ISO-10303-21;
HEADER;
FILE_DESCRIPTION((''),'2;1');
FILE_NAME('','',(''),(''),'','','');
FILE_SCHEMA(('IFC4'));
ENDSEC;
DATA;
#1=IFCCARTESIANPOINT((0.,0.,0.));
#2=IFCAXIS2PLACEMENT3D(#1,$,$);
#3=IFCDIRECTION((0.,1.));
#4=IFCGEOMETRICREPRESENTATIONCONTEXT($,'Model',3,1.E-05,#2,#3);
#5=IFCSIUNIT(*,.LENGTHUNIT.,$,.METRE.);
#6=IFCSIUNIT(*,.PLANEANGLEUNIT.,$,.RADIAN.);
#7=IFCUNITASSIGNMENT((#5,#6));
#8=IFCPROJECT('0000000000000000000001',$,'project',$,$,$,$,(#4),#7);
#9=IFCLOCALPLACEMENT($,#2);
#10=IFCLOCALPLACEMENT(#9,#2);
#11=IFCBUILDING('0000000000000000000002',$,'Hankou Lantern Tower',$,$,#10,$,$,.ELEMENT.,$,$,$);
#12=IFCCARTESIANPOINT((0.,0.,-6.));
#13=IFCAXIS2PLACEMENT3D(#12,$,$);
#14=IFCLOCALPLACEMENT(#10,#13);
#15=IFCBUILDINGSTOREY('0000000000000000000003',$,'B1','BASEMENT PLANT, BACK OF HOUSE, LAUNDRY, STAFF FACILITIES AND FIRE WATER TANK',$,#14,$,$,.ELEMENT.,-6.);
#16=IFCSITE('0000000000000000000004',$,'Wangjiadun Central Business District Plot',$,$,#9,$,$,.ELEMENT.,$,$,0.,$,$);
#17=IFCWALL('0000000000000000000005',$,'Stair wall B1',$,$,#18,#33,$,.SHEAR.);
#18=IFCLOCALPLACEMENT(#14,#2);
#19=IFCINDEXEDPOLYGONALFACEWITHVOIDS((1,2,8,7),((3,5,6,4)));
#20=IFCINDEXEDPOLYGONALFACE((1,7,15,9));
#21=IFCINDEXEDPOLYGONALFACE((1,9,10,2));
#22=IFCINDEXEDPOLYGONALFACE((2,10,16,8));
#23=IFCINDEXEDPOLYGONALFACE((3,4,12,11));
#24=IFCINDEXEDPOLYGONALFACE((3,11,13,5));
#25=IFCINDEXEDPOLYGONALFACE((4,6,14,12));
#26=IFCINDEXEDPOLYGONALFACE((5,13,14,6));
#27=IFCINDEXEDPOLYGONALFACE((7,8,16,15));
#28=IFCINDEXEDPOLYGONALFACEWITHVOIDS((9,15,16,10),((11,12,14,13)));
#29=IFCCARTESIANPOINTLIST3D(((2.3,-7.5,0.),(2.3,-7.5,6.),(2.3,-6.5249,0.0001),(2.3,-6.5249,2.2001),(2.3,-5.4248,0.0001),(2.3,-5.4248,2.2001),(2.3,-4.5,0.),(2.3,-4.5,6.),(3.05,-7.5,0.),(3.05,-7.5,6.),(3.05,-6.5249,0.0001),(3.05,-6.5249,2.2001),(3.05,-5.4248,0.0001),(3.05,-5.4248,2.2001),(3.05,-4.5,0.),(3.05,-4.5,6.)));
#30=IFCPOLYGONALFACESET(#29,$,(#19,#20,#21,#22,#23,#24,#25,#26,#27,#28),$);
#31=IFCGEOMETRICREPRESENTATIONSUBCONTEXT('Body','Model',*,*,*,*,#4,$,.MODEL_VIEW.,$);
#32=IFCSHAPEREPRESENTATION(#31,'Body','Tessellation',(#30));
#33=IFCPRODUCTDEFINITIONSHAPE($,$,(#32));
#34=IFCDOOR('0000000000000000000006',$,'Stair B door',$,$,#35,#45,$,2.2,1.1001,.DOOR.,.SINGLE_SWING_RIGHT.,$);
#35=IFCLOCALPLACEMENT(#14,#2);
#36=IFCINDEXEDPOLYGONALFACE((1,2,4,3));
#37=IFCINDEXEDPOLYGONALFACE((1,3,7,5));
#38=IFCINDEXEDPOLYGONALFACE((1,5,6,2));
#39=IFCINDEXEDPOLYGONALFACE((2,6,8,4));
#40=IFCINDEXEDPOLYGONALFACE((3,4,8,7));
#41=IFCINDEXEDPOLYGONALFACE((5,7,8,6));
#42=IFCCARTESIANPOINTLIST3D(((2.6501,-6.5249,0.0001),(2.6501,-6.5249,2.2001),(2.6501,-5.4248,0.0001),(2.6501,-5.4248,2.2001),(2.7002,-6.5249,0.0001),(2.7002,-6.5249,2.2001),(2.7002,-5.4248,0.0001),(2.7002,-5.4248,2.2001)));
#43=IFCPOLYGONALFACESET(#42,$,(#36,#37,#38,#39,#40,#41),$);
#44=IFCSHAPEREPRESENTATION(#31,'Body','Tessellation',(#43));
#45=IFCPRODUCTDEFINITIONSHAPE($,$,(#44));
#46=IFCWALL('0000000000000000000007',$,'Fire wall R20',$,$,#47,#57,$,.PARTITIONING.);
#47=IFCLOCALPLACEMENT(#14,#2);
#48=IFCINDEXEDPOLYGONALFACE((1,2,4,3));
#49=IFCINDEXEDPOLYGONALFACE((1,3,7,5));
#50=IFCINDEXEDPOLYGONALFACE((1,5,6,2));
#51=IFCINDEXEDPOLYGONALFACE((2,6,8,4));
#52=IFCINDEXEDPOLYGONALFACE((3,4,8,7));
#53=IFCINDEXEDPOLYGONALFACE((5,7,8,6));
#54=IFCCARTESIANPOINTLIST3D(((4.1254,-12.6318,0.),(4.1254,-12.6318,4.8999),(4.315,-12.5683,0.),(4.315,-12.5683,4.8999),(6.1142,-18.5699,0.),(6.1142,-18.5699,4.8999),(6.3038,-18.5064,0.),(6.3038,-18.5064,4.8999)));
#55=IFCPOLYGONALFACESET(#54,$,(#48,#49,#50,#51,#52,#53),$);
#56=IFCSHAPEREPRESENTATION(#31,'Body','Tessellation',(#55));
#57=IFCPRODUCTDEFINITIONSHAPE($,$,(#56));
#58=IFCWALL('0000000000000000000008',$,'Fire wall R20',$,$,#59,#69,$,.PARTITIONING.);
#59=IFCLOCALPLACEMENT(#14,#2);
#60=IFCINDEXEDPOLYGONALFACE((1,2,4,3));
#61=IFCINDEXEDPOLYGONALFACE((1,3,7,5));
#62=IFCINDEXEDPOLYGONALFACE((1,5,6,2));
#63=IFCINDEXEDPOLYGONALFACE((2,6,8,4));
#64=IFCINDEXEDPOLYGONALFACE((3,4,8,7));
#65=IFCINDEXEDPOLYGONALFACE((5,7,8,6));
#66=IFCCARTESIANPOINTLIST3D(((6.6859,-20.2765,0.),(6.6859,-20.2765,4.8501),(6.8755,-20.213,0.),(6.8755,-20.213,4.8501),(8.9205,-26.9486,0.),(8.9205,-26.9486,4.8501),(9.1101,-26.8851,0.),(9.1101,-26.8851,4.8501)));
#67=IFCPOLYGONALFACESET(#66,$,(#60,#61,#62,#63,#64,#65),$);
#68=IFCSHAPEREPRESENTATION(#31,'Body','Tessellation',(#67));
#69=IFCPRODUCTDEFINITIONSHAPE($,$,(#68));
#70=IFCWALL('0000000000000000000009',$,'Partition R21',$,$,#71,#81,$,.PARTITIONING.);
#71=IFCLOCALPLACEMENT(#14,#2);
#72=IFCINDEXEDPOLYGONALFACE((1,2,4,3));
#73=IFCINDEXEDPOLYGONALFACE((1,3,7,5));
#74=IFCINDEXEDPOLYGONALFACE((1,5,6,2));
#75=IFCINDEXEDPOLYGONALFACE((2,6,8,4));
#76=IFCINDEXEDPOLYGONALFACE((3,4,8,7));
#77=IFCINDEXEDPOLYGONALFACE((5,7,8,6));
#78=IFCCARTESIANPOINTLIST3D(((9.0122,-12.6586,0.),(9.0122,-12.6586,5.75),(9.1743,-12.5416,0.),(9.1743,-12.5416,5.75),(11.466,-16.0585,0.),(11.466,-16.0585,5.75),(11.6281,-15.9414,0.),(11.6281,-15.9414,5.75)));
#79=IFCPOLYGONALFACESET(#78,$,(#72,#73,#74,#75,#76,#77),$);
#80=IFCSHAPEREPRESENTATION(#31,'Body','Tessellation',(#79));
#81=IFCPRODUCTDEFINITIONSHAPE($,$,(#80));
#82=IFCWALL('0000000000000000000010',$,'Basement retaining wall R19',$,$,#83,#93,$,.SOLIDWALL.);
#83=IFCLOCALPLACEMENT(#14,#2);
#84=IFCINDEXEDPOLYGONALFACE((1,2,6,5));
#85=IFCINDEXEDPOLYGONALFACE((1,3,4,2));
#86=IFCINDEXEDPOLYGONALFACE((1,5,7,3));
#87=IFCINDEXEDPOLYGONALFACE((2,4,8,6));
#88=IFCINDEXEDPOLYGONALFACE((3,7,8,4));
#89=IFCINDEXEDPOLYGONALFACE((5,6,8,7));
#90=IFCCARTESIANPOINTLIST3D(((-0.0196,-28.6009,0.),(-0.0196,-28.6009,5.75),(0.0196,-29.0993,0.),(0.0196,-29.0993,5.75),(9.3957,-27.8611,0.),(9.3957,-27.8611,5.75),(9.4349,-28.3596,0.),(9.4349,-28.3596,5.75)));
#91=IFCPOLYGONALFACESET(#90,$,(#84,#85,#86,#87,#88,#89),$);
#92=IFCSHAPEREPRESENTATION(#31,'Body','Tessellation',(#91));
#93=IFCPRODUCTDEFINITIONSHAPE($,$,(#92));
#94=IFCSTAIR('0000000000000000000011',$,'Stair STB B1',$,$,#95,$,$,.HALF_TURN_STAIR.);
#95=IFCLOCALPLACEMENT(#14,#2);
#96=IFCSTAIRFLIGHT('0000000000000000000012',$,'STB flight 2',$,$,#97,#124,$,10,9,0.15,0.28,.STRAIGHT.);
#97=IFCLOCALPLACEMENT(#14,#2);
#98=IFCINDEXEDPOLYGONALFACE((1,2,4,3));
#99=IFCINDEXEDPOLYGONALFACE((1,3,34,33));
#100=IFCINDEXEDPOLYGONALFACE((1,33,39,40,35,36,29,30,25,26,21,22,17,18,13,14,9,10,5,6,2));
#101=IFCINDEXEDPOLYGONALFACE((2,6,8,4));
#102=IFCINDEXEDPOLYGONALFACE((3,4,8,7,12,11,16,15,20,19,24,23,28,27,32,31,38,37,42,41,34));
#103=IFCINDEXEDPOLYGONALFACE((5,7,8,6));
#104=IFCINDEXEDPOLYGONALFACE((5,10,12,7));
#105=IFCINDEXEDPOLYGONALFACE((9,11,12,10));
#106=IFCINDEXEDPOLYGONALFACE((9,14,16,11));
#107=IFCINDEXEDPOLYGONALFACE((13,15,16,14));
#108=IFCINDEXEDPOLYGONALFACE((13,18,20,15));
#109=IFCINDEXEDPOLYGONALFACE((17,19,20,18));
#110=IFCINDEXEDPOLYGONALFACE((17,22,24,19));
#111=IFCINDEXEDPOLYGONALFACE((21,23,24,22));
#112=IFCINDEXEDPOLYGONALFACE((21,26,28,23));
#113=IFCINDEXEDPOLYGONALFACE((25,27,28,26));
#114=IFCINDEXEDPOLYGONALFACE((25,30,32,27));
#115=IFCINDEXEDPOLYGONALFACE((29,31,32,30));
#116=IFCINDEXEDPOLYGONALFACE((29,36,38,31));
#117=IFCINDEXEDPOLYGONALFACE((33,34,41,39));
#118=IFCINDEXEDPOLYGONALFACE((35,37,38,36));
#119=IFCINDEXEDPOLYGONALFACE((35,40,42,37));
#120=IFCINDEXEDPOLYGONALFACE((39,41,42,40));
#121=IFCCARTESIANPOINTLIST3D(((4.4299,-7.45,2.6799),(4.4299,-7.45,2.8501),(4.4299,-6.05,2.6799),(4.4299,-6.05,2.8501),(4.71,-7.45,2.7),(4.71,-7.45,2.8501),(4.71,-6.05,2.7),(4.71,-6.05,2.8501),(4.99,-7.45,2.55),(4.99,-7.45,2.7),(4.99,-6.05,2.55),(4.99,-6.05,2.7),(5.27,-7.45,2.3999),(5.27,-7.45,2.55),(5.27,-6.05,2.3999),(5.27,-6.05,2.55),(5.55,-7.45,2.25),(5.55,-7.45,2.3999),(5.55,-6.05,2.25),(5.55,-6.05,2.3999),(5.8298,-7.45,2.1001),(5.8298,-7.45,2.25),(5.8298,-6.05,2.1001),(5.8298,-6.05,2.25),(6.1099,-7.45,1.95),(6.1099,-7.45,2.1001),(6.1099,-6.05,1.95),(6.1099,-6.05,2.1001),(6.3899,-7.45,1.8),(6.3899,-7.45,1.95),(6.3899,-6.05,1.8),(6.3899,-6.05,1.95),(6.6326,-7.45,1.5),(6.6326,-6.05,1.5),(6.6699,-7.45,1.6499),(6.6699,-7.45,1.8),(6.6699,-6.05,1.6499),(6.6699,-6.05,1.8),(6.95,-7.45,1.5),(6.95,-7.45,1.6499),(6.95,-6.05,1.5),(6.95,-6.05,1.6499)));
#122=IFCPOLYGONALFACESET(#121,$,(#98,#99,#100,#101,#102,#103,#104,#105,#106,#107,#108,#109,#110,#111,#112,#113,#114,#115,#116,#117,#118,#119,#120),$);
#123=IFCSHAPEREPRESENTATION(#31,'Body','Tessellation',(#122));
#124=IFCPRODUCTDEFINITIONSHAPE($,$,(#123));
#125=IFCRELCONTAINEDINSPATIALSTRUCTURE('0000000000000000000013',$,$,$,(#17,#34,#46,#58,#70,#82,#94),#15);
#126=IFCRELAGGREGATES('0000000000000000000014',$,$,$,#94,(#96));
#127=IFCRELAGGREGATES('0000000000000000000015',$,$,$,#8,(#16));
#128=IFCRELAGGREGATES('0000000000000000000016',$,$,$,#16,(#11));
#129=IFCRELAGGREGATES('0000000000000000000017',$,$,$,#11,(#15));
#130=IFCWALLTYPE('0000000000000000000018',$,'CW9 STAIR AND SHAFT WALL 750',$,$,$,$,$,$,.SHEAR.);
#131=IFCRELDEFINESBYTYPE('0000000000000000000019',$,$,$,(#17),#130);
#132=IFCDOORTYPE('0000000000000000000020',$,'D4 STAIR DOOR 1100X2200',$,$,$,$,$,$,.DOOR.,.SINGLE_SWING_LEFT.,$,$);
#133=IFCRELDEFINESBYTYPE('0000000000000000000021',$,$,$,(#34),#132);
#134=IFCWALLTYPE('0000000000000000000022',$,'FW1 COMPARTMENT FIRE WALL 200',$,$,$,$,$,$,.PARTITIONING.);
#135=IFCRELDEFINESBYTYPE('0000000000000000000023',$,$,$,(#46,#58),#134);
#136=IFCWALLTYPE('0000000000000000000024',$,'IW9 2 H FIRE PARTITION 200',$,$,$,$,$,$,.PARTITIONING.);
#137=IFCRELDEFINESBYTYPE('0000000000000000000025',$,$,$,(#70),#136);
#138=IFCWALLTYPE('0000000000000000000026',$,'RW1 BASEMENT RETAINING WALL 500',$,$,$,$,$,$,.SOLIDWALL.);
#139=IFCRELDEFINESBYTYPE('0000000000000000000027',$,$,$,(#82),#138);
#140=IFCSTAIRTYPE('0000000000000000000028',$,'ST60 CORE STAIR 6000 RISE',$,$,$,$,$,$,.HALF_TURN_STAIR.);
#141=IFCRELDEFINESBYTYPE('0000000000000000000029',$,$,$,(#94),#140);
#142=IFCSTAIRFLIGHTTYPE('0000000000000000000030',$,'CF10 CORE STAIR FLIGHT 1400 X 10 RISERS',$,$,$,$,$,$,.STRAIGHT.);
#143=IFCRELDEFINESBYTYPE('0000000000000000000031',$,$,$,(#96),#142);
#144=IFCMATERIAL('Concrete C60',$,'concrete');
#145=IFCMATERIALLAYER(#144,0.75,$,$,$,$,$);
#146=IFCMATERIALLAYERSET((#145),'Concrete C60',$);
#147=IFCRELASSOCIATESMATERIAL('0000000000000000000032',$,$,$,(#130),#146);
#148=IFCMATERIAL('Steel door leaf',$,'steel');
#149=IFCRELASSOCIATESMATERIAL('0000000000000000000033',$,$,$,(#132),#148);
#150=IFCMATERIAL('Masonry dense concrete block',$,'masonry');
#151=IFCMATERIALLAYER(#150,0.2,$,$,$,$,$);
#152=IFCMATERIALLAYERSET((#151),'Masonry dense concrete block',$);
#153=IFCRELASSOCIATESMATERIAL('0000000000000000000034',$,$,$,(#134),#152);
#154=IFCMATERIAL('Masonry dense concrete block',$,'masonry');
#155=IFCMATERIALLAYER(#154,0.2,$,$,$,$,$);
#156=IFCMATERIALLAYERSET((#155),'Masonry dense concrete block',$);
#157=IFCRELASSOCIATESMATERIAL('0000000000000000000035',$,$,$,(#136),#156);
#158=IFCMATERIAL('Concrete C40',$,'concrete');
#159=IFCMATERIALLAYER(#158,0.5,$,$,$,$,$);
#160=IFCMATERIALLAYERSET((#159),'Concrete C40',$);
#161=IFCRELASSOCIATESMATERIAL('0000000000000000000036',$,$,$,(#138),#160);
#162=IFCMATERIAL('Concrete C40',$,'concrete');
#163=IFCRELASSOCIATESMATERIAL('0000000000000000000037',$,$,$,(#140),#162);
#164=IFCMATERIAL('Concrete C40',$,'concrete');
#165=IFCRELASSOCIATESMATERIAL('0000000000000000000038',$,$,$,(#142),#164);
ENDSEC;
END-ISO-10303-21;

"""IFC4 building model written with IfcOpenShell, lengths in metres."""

from ifc_helpers import new_model, si_unit, direction, frame, frame_2d, origin, place, context, subcontext, project, spatial, polyline, rectangle, outline, extrude, material, layer, layer_set, type_object, element, fill, aggregate, save


model = new_model("IFC4")

# Units and contexts
model_context = context("Model", 3, precision=1e-05, world=origin(), true_north=direction((0.0, 1.0)))
body_context = subcontext(model_context, "Body", "Model", "MODEL_VIEW")
ifc_project = project(units=[si_unit("LENGTHUNIT", "METRE"), si_unit("PLANEANGLEUNIT", "RADIAN")], contexts=[model_context])

# Site, building, storey
site_placement = place(None, origin())
site = spatial("IfcSite", under=ifc_project, at=site_placement, Name="Wangjiadun Central Business District Plot", CompositionType="ELEMENT", RefElevation=0.0)
building_placement = place(site_placement, origin())
building = spatial("IfcBuilding", under=site, at=building_placement, Name="Hankou Lantern Tower", CompositionType="ELEMENT")
storey_placement = place(building_placement, frame((0.0, 0.0, -6.0)))
storey = spatial("IfcBuildingStorey", under=building, at=storey_placement, Name="B1", Description="BASEMENT PLANT, BACK OF HOUSE, LAUNDRY, STAFF FACILITIES AND FIRE WATER TANK", CompositionType="ELEMENT", Elevation=-6.0)

# Wall, opening, door
ifc_material_1 = material(Name="Concrete C60", Category="concrete")
ifc_layer_1 = layer(ifc_material_1, 0.75)
ifc_layer_set_1 = layer_set([ifc_layer_1], Name="Concrete C60")
wall_type_1 = type_object("IfcWallType", Name="CW9 STAIR AND SHAFT WALL 750", PredefinedType="SHEAR", material=ifc_layer_set_1)
wall_1_placement = place(storey_placement, frame((2.675, -7.5, 0.0), z_axis=(0.0, 0.0, 1.0), x_axis=(0.0, 1.0, 0.0)))
wall_1 = element("IfcWall", 1, at=wall_1_placement, inside=storey, type_object=wall_type_1, Name="Stair wall B1", PredefinedType="SHEAR", context=body_context, shape_type="SweptSolid", body=[
    extrude(rectangle(XDim=3.0, YDim=0.75, at=frame_2d((1.5, 0.0))), origin(), (0.0, 0.0, 1.0), 6.0),
])
opening_placement = place(wall_1_placement, frame((0.9751, 0.0, 0.0)))
opening = element("IfcOpeningElement", 2, at=opening_placement, cuts=wall_1, PredefinedType="OPENING", context=body_context, shape_type="SweptSolid", body=[
    extrude(rectangle(XDim=1.1001, YDim=2.2, at=frame_2d((0.55, 1.1001))), frame((0.0, 0.385, 0.0), z_axis=(0.0, -1.0, 0.0), x_axis=(1.0, 0.0, 0.0)), (0.0, 0.0, 1.0), 0.77),
])
ifc_material_2 = material(Name="Steel door leaf", Category="steel")
door_type = type_object("IfcDoorType", Name="D4 STAIR DOOR 1100X2200", OperationType="SINGLE_SWING_LEFT", PredefinedType="DOOR", material=ifc_material_2)
door_placement = place(opening_placement, origin())
door = element("IfcDoor", 3, at=door_placement, inside=storey, type_object=door_type, Name="Stair B door", OperationType="SINGLE_SWING_RIGHT", OverallHeight=2.2, OverallWidth=1.1001, PredefinedType="DOOR", context=body_context, shape_type="SweptSolid", body=[
    extrude(rectangle(XDim=1.1001, YDim=2.2, at=frame_2d((0.55, 1.1001))), frame((0.0, 0.0249, 0.0), z_axis=(0.0, -1.0, 0.0), x_axis=(1.0, 0.0, 0.0)), (0.0, 0.0, 1.0), 0.05),
])
fill(opening, door)

# Walls
ifc_material_3 = material(Name="Masonry dense concrete block", Category="masonry")
ifc_layer_2 = layer(ifc_material_3, 0.2)
ifc_layer_set_2 = layer_set([ifc_layer_2], Name="Masonry dense concrete block")
wall_type_2 = type_object("IfcWallType", Name="FW1 COMPARTMENT FIRE WALL 200", PredefinedType="PARTITIONING", material=ifc_layer_set_2)
wall_2_placement = place(storey_placement, frame((4.2202, -12.6001, 0.0), z_axis=(0.0, 0.0, 1.0), x_axis=(0.317584, -0.94823, 0.0)))
element("IfcWall", 4, at=wall_2_placement, inside=storey, type_object=wall_type_2, Name="Fire wall R20", PredefinedType="PARTITIONING", context=body_context, shape_type="SweptSolid", body=[
    extrude(rectangle(XDim=6.2622, YDim=0.2, at=frame_2d((3.1311, 0.0))), origin(), (0.0, 0.0, 1.0), 4.8999),
])
wall_3_placement = place(storey_placement, frame((6.7808, -20.2449, 0.0), z_axis=(0.0, 0.0, 1.0), x_axis=(0.317581, -0.948231, 0.0)))
element("IfcWall", 5, at=wall_3_placement, inside=storey, type_object=wall_type_2, Name="Fire wall R20", PredefinedType="PARTITIONING", context=body_context, shape_type="SweptSolid", body=[
    extrude(rectangle(XDim=7.0364, YDim=0.2, at=frame_2d((3.5181, 0.0))), origin(), (0.0, 0.0, 1.0), 4.8501),
])
ifc_material_4 = material(Name="Masonry dense concrete block", Category="masonry")
ifc_layer_3 = layer(ifc_material_4, 0.2)
ifc_layer_set_3 = layer_set([ifc_layer_3], Name="Masonry dense concrete block")
wall_type_3 = type_object("IfcWallType", Name="IW9 2 H FIRE PARTITION 200", PredefinedType="PARTITIONING", material=ifc_layer_set_3)
wall_4_placement = place(storey_placement, frame((9.0933, -12.6001, 0.0), z_axis=(0.0, 0.0, 1.0), x_axis=(0.585235, -0.810863, 0.0)))
element("IfcWall", 6, at=wall_4_placement, inside=storey, type_object=wall_type_3, Name="Partition R21", PredefinedType="PARTITIONING", context=body_context, shape_type="SweptSolid", body=[
    extrude(rectangle(XDim=4.1929, YDim=0.2, at=frame_2d((2.0964, 0.0))), origin(), (0.0, 0.0, 1.0), 5.75),
])
ifc_material_5 = material(Name="Concrete C40", Category="concrete")
ifc_layer_4 = layer(ifc_material_5, 0.5)
ifc_layer_set_4 = layer_set([ifc_layer_4], Name="Concrete C40")
wall_type_4 = type_object("IfcWallType", Name="RW1 BASEMENT RETAINING WALL 500", PredefinedType="SOLIDWALL", material=ifc_layer_set_4)
wall_5_placement = place(storey_placement, frame((0.0, -28.8501, 0.0), z_axis=(0.0, 0.0, 1.0), x_axis=(0.996928, 0.078327, 0.0)))
element("IfcWall", 7, at=wall_5_placement, inside=storey, type_object=wall_type_4, Name="Basement retaining wall R19", PredefinedType="SOLIDWALL", context=body_context, shape_type="SweptSolid", body=[
    extrude(rectangle(XDim=9.4443, YDim=0.5, at=frame_2d((4.7222, 0.0))), origin(), (0.0, 0.0, 1.0), 5.75),
])

# Stair, stair flight
ifc_material_6 = material(Name="Concrete C40", Category="concrete")
stair_type = type_object("IfcStairType", Name="ST60 CORE STAIR 6000 RISE", PredefinedType="HALF_TURN_STAIR", material=ifc_material_6)
stair_placement = place(storey_placement, origin())
stair = element("IfcStair", 8, at=stair_placement, inside=storey, type_object=stair_type, Name="Stair STB B1", PredefinedType="HALF_TURN_STAIR")
ifc_material_7 = material(Name="Concrete C40", Category="concrete")
stair_flight_type = type_object("IfcStairFlightType", Name="CF10 CORE STAIR FLIGHT 1400 X 10 RISERS", PredefinedType="STRAIGHT", material=ifc_material_7)
stair_flight_placement = place(storey_placement, frame((6.95, -6.75, 1.5), z_axis=(0.0, 0.0, 1.0), x_axis=(-1.0, 0.0, 0.0)))
stair_flight = element("IfcStairFlight", 9, at=stair_flight_placement, type_object=stair_flight_type, Name="STB flight 2", NumberOfRisers=10, NumberOfTreads=9, PredefinedType="STRAIGHT", RiserHeight=0.15, TreadLength=0.28, context=body_context, shape_type="SweptSolid", body=[
    extrude(outline(polyline([(0.0, 0.0), (0.0, 0.1499), (0.28, 0.1499), (0.28, 0.3), (0.5601, 0.3), (0.5601, 0.45), (0.8401, 0.45), (0.8401, 0.6001), (1.1201, 0.6001), (1.1201, 0.75), (1.3999, 0.75), (1.3999, 0.8999), (1.6799, 0.8999), (1.6799, 1.05), (1.96, 1.05), (1.96, 1.2), (2.24, 1.2), (2.24, 1.3501), (2.52, 1.3501), (2.52, 1.5), (2.52, 1.1799), (0.3174, 0.0), (0.0, 0.0)])), frame((0.0, 0.7, 0.0), z_axis=(0.0, -1.0, 0.0), x_axis=(1.0, 0.0, 0.0)), (0.0, 0.0, 1.0), 1.3999),
])
aggregate(stair, [stair_flight])

save(model, "model.ifc")
